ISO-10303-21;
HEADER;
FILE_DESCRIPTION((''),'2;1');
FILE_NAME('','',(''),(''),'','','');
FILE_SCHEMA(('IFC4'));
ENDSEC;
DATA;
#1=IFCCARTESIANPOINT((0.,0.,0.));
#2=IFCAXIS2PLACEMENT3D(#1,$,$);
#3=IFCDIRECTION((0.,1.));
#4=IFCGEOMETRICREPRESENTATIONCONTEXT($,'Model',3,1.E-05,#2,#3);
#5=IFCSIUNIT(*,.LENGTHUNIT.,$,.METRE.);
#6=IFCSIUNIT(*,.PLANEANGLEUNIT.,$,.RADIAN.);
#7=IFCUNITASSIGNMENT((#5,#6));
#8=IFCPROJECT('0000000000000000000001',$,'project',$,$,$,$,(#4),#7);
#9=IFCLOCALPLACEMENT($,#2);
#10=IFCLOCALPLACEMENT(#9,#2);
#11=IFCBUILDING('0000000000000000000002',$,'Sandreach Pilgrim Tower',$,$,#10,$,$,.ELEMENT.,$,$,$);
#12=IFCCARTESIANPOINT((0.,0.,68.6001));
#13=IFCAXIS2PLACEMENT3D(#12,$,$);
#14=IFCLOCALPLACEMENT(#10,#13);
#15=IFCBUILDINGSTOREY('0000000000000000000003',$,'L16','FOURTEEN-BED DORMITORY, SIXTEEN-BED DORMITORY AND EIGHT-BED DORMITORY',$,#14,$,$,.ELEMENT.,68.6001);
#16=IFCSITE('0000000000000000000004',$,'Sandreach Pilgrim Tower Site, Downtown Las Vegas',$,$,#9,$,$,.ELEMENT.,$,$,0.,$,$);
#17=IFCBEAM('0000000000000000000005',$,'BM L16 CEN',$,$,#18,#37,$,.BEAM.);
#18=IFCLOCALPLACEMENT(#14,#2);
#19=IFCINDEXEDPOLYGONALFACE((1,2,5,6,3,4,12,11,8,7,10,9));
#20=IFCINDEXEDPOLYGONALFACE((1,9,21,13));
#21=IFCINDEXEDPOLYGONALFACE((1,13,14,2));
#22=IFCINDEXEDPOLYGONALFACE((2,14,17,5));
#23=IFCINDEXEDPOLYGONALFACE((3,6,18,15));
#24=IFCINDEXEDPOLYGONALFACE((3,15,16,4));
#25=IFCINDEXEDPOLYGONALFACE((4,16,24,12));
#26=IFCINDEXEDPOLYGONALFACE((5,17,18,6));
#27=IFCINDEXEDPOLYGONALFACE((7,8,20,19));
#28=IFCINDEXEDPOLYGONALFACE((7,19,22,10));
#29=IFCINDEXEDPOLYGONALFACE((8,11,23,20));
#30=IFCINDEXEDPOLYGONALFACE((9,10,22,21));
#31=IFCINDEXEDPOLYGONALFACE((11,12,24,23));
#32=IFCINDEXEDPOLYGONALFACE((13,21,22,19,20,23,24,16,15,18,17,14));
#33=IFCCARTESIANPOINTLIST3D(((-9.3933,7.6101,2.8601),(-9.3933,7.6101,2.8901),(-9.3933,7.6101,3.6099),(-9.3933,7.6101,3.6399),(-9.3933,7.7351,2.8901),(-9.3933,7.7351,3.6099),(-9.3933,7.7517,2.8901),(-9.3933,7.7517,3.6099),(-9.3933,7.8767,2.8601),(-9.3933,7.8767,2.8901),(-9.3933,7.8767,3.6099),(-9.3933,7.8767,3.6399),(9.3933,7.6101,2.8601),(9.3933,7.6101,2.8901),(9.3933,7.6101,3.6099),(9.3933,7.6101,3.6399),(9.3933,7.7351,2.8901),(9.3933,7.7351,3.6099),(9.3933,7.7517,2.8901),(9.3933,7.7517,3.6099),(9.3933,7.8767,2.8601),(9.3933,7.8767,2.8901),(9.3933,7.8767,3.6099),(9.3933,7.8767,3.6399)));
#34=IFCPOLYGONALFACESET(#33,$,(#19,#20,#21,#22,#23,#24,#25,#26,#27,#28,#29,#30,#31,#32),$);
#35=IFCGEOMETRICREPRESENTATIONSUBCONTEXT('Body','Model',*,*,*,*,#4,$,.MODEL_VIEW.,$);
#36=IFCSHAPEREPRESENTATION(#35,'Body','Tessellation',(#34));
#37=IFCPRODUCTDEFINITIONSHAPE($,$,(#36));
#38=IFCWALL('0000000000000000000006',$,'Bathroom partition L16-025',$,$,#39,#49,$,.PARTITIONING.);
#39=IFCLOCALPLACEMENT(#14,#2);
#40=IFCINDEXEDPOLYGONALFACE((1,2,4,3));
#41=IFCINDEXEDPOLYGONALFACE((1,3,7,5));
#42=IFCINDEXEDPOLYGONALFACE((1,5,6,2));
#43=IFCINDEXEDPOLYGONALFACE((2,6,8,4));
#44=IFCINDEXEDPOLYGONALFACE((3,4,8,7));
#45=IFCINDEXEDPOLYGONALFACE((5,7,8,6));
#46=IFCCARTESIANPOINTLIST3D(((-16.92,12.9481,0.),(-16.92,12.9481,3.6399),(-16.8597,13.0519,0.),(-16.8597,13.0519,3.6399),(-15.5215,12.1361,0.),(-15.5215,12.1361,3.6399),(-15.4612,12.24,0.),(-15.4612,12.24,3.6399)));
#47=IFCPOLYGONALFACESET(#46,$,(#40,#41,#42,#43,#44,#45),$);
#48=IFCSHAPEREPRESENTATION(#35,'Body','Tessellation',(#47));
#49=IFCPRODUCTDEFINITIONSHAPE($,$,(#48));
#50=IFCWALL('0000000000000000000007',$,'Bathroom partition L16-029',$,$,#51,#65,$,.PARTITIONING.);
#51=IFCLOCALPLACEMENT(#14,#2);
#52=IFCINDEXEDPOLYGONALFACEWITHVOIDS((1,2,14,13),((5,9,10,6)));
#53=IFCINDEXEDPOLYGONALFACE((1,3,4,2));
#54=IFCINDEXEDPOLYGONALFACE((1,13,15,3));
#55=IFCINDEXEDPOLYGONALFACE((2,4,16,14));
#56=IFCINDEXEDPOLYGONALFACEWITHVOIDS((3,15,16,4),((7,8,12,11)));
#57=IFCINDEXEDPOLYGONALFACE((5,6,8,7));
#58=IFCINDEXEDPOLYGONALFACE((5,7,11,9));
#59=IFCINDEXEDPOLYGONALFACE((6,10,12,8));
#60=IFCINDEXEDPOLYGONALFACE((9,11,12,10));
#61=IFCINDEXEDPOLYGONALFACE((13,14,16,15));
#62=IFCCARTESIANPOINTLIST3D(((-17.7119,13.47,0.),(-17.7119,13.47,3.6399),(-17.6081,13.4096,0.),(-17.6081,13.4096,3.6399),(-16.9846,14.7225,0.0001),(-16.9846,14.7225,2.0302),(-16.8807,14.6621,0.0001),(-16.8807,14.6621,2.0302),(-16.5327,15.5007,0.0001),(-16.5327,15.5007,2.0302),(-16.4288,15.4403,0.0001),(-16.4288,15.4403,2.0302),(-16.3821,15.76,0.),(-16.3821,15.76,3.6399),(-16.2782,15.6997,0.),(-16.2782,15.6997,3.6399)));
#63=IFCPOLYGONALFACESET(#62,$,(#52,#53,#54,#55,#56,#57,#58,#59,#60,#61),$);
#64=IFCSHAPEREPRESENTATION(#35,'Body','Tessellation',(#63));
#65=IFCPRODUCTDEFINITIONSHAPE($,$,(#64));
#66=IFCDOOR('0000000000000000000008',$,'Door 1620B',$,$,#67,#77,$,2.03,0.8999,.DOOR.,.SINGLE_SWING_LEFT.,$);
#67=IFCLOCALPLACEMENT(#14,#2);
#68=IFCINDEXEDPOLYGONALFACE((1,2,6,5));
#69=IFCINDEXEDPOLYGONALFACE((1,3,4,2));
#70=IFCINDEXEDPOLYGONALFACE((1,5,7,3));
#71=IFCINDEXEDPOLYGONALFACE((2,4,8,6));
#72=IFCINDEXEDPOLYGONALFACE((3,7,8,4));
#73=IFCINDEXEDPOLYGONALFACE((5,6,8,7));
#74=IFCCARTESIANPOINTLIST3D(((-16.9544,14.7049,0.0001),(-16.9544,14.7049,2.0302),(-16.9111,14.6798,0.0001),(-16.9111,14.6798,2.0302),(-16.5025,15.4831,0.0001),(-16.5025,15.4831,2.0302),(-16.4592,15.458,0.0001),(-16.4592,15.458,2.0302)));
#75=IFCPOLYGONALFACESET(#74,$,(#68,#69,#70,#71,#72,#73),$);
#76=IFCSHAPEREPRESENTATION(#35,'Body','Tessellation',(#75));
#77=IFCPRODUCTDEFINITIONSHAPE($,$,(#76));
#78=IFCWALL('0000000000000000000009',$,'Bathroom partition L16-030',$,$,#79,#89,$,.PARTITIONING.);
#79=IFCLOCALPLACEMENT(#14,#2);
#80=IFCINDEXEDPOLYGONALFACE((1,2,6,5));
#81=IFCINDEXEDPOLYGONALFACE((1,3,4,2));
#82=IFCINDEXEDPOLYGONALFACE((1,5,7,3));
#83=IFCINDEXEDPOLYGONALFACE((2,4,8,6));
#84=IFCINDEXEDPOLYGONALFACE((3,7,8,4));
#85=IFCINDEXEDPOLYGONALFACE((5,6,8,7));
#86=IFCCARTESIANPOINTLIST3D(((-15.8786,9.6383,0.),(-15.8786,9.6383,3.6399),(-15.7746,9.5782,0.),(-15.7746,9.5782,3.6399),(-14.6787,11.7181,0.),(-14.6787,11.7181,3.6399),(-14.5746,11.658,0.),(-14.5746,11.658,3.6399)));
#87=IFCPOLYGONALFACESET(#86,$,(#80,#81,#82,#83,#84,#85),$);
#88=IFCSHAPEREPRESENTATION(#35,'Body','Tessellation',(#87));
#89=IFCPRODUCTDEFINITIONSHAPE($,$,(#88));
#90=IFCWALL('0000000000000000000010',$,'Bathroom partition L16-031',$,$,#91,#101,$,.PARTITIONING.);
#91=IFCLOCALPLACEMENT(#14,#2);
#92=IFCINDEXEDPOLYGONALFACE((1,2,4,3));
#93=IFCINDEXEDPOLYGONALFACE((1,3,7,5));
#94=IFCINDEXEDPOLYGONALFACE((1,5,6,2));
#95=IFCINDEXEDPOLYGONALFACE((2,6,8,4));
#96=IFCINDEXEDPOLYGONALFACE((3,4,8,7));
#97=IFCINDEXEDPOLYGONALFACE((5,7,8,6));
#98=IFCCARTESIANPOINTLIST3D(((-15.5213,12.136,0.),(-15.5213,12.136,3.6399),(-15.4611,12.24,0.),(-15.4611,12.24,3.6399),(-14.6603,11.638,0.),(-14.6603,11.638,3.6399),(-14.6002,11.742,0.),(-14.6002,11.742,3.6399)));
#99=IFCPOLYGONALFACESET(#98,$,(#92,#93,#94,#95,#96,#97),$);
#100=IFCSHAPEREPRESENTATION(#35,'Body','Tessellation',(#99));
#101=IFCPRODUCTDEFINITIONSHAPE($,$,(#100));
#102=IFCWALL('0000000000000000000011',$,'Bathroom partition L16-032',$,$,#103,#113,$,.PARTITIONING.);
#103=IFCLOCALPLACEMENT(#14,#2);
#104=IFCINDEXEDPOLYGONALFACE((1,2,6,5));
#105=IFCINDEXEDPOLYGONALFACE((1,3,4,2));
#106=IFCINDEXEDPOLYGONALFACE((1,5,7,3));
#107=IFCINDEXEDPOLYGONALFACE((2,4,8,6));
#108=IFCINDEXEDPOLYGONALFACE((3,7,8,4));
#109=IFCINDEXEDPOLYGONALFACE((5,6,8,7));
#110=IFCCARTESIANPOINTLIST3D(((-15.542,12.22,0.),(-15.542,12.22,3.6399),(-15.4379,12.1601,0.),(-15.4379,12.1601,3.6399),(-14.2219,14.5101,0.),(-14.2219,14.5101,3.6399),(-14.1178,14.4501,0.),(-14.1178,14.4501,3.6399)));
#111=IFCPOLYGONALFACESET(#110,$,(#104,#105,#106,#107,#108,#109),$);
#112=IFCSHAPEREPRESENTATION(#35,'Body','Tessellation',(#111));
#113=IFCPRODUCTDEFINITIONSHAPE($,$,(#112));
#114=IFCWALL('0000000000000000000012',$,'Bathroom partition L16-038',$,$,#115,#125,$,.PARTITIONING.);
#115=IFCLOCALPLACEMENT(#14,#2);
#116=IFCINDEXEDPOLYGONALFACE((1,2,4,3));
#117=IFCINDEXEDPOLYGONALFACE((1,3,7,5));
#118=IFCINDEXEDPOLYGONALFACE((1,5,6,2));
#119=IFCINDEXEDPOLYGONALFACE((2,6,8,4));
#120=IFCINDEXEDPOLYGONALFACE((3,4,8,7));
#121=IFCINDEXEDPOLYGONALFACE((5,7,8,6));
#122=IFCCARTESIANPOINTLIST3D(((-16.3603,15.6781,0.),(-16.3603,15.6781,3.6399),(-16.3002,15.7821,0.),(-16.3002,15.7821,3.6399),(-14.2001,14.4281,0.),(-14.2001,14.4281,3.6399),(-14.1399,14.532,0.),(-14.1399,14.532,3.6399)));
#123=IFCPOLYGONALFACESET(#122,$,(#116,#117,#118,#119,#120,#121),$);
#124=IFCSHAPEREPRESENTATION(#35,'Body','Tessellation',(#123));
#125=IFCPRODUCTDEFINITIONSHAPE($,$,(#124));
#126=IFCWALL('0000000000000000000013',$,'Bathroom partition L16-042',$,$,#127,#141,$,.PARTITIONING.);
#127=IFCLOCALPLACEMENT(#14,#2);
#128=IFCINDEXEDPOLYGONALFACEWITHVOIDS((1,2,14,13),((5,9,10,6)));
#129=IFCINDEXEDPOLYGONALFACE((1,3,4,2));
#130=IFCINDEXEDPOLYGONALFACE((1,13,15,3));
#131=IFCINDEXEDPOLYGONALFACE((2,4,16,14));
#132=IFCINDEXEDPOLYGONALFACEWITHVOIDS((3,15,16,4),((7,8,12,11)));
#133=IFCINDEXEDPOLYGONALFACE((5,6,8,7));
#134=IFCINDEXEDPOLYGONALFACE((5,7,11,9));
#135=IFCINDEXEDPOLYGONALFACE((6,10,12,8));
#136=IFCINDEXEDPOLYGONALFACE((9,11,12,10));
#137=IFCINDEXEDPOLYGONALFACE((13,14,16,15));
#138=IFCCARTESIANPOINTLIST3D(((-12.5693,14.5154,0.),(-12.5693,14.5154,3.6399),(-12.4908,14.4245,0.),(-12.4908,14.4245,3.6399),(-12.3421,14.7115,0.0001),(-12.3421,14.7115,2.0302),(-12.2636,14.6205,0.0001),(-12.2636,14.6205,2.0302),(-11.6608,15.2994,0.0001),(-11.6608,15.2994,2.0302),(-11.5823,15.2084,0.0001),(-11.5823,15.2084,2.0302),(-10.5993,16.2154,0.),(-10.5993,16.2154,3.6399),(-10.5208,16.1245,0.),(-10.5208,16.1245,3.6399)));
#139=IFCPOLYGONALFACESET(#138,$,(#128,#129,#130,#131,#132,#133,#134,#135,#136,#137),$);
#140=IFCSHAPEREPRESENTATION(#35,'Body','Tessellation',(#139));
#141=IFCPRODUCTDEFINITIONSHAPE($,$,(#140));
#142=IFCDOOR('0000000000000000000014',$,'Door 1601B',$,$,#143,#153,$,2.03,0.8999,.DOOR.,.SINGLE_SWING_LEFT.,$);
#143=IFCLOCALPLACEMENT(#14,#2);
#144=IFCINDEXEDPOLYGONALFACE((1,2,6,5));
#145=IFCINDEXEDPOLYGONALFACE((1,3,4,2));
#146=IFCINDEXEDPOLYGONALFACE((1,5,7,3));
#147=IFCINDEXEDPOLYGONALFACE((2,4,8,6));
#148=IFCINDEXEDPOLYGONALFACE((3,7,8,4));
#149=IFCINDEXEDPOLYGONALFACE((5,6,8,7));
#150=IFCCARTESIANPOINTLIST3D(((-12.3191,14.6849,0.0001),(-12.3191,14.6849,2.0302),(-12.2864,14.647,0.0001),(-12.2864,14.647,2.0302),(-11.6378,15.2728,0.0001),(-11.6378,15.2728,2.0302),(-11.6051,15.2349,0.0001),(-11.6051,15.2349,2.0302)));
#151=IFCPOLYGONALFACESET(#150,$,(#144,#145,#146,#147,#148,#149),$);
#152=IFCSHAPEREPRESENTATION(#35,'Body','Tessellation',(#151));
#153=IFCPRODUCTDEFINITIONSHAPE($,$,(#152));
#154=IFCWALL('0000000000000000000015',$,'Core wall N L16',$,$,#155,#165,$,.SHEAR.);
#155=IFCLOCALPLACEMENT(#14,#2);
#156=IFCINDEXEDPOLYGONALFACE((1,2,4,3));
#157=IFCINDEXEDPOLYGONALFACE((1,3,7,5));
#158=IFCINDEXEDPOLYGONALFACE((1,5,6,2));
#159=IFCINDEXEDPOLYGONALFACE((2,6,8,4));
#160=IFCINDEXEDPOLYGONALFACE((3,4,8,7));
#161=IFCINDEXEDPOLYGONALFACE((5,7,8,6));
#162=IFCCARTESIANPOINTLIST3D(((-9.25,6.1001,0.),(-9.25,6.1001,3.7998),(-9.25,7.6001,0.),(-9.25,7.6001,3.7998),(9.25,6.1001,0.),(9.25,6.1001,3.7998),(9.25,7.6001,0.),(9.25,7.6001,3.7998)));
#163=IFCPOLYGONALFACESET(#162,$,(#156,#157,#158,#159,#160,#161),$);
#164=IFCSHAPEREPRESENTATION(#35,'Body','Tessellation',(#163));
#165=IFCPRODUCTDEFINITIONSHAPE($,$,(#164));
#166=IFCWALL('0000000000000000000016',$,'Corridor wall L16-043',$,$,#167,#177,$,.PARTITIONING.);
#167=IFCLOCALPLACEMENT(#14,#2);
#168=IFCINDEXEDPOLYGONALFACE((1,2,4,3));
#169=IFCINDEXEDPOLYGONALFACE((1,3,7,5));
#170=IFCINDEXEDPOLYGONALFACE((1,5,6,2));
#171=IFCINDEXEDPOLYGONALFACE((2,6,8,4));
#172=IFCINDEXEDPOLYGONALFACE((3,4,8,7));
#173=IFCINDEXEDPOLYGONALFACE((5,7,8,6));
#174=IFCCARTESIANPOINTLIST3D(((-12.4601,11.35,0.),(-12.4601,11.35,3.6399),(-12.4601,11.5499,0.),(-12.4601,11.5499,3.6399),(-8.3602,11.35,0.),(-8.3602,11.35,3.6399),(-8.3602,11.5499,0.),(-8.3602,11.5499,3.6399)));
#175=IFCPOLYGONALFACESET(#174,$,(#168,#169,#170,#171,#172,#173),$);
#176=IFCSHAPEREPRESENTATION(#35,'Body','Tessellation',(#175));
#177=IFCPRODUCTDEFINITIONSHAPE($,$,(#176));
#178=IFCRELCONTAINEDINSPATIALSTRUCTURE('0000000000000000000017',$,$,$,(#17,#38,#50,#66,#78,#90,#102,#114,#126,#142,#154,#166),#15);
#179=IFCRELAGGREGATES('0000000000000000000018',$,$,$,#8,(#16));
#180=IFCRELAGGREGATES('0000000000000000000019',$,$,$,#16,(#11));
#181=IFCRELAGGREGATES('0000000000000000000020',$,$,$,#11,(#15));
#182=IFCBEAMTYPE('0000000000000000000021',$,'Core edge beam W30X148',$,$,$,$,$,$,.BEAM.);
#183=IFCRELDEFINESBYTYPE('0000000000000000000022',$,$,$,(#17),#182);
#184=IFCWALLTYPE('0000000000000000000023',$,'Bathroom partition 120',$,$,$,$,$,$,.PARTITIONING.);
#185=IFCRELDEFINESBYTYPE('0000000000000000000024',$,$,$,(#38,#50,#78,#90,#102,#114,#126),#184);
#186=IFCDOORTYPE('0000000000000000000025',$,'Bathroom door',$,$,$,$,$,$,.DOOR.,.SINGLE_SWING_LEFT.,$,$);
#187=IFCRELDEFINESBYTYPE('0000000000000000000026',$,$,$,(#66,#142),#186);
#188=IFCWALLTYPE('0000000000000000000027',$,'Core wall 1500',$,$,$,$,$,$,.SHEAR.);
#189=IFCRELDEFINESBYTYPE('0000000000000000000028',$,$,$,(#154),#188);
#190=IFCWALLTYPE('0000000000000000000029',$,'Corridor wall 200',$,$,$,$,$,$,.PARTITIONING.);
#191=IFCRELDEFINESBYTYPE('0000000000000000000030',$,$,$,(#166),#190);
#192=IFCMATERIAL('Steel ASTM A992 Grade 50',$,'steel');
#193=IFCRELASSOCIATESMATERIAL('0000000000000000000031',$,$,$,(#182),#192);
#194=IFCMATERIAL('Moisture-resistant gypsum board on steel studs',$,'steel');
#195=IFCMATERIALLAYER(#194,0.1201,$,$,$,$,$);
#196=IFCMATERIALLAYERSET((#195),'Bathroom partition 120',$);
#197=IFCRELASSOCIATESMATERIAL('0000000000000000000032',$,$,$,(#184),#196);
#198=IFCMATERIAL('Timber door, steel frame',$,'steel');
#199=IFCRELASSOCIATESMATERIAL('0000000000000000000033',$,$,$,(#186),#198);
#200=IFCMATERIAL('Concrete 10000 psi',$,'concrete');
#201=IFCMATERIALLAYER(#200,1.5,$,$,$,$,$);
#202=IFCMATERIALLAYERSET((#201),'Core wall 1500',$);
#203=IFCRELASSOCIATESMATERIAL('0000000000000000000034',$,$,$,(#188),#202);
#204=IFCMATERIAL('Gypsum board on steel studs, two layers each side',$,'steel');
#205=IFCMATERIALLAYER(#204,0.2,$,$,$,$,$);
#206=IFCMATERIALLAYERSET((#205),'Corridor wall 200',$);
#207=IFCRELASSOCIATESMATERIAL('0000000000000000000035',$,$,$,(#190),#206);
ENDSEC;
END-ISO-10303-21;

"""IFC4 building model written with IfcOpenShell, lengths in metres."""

from ifc_helpers import new_model, si_unit, direction, frame, frame_2d, origin, origin_2d, place, context, subcontext, project, spatial, rectangle, i_section, extrude, material, layer, layer_set, material_profile, profile_set, type_object, element, fill, save


model = new_model("IFC4")

# Units and contexts
model_context = context("Model", 3, precision=1e-05, world=origin(), true_north=direction((0.0, 1.0)))
body_context = subcontext(model_context, "Body", "Model", "MODEL_VIEW")
ifc_project = project(units=[si_unit("LENGTHUNIT", "METRE"), si_unit("PLANEANGLEUNIT", "RADIAN")], contexts=[model_context])

# Site, building, storey
site_placement = place(None, origin())
site = spatial("IfcSite", under=ifc_project, at=site_placement, Name="Sandreach Pilgrim Tower Site, Downtown Las Vegas", CompositionType="ELEMENT", RefElevation=0.0)
building_placement = place(site_placement, origin())
building = spatial("IfcBuilding", under=site, at=building_placement, Name="Sandreach Pilgrim Tower", CompositionType="ELEMENT")
storey_placement = place(building_placement, frame((0.0, 0.0, 68.6001)))
storey = spatial("IfcBuildingStorey", under=building, at=storey_placement, Name="L16", Description="FOURTEEN-BED DORMITORY, SIXTEEN-BED DORMITORY AND EIGHT-BED DORMITORY", CompositionType="ELEMENT", Elevation=68.6001)

# Beam
ifc_material_1 = material(Name="Steel ASTM A992 Grade 50", Category="steel")
ifc_material_profile = material_profile(ifc_material_1, i_section(OverallWidth=0.2666, OverallDepth=0.7798, WebThickness=0.0166, FlangeThickness=0.03, at=origin_2d()), Name="W30X148")
ifc_profile_set = profile_set([ifc_material_profile], Name="Steel ASTM A992 Grade 50")
beam_type = type_object("IfcBeamType", Name="Core edge beam W30X148", PredefinedType="BEAM", material=ifc_profile_set)
beam_placement = place(storey_placement, frame((-9.3933, 7.7434, 3.25), z_axis=(1.0, 0.0, 0.0), x_axis=(0.0, 1.0, 0.0)))
element("IfcBeam", 1, at=beam_placement, inside=storey, type_object=beam_type, Name="BM L16 CEN", PredefinedType="BEAM", context=body_context, shape_type="SweptSolid", body=[
    extrude(i_section(OverallWidth=0.2666, OverallDepth=0.7798, WebThickness=0.0166, FlangeThickness=0.03, at=origin_2d()), origin(), (0.0, 0.0, 1.0), 18.7866),
])

# Wall
ifc_material_2 = material(Name="Moisture-resistant gypsum board on steel studs", Category="steel")
ifc_layer_1 = layer(ifc_material_2, 0.1201)
ifc_layer_set_1 = layer_set([ifc_layer_1], Name="Bathroom partition 120")
wall_type_1 = type_object("IfcWallType", Name="Bathroom partition 120", PredefinedType="PARTITIONING", material=ifc_layer_set_1)
wall_1_placement = place(storey_placement, frame((-16.8899, 13.0, 0.0), z_axis=(0.0, 0.0, 1.0), x_axis=(0.864823, -0.502077, 0.0)))
element("IfcWall", 2, at=wall_1_placement, inside=storey, type_object=wall_type_1, Name="Bathroom partition L16-025", PredefinedType="PARTITIONING", context=body_context, shape_type="SweptSolid", body=[
    extrude(rectangle(XDim=1.6172, YDim=0.1201, at=frame_2d((0.8086, 0.0))), origin(), (0.0, 0.0, 1.0), 3.6399),
])

# Wall, opening, door
wall_2_placement = place(storey_placement, frame((-16.3301, 15.73, 0.0), z_axis=(0.0, 0.0, 1.0), x_axis=(-0.502173, -0.864767, 0.0)))
wall_2 = element("IfcWall", 3, at=wall_2_placement, inside=storey, type_object=wall_type_1, Name="Bathroom partition L16-029", PredefinedType="PARTITIONING", context=body_context, shape_type="SweptSolid", body=[
    extrude(rectangle(XDim=2.6482, YDim=0.1201, at=frame_2d((1.3242, 0.0))), origin(), (0.0, 0.0, 1.0), 3.6399),
])
opening_1_placement = place(wall_2_placement, frame((0.3, 0.0, 0.0)))
opening_1 = element("IfcOpeningElement", 4, at=opening_1_placement, cuts=wall_2, PredefinedType="OPENING", context=body_context, shape_type="SweptSolid", body=[
    extrude(rectangle(XDim=0.8999, YDim=2.03, at=frame_2d((0.45, 1.0151))), frame((0.0, 0.0601, 0.0), z_axis=(0.0, -1.0, 0.0), x_axis=(1.0, 0.0, 0.0)), (0.0, 0.0, 1.0), 0.1201),
])
ifc_material_3 = material(Name="Timber door, steel frame", Category="steel")
door_type_1 = type_object("IfcDoorType", Name="Bathroom door", OperationType="SINGLE_SWING_LEFT", PredefinedType="DOOR", material=ifc_material_3)
door_1_placement = place(opening_1_placement, origin())
door_1 = element("IfcDoor", 5, at=door_1_placement, inside=storey, type_object=door_type_1, Name="Door 1620B", OperationType="SINGLE_SWING_LEFT", OverallHeight=2.03, OverallWidth=0.8999, PredefinedType="DOOR", context=body_context, shape_type="SweptSolid", body=[
    extrude(rectangle(XDim=0.8999, YDim=2.03, at=frame_2d((0.45, 1.0151))), frame((0.0, 0.0249, 0.0), z_axis=(0.0, -1.0, 0.0), x_axis=(1.0, 0.0, 0.0)), (0.0, 0.0, 1.0), 0.05),
])
fill(opening_1, door_1)

# Walls
wall_3_placement = place(storey_placement, frame((-15.8267, 9.6082, 0.0), z_axis=(0.0, 0.0, 1.0), x_axis=(0.499737, 0.866177, 0.0)))
element("IfcWall", 6, at=wall_3_placement, inside=storey, type_object=wall_type_1, Name="Bathroom partition L16-030", PredefinedType="PARTITIONING", context=body_context, shape_type="SweptSolid", body=[
    extrude(rectangle(XDim=2.4011, YDim=0.1201, at=frame_2d((1.2007, 0.0))), origin(), (0.0, 0.0, 1.0), 3.6399),
])
wall_4_placement = place(storey_placement, frame((-15.4912, 12.188, 0.0), z_axis=(0.0, 0.0, 1.0), x_axis=(0.865633, -0.500678, 0.0)))
element("IfcWall", 7, at=wall_4_placement, inside=storey, type_object=wall_type_1, Name="Bathroom partition L16-031", PredefinedType="PARTITIONING", context=body_context, shape_type="SweptSolid", body=[
    extrude(rectangle(XDim=0.9946, YDim=0.1201, at=frame_2d((0.4973, 0.0))), origin(), (0.0, 0.0, 1.0), 3.6399),
])
wall_5_placement = place(storey_placement, frame((-15.49, 12.1899, 0.0), z_axis=(0.0, 0.0, 1.0), x_axis=(0.499408, 0.866367, 0.0)))
element("IfcWall", 8, at=wall_5_placement, inside=storey, type_object=wall_type_1, Name="Bathroom partition L16-032", PredefinedType="PARTITIONING", context=body_context, shape_type="SweptSolid", body=[
    extrude(rectangle(XDim=2.6433, YDim=0.1201, at=frame_2d((1.3218, 0.0))), origin(), (0.0, 0.0, 1.0), 3.6399),
])
wall_6_placement = place(storey_placement, frame((-14.1699, 14.48, 0.0), z_axis=(0.0, 0.0, 1.0), x_axis=(-0.865533, 0.500851, 0.0)))
element("IfcWall", 9, at=wall_6_placement, inside=storey, type_object=wall_type_1, Name="Bathroom partition L16-038", PredefinedType="PARTITIONING", context=body_context, shape_type="SweptSolid", body=[
    extrude(rectangle(XDim=2.4958, YDim=0.1201, at=frame_2d((1.248, 0.0))), origin(), (0.0, 0.0, 1.0), 3.6399),
])

# Wall, opening, door
wall_7_placement = place(storey_placement, frame((-12.53, 14.47, 0.0), z_axis=(0.0, 0.0, 1.0), x_axis=(0.757087, 0.653314, 0.0)))
wall_7 = element("IfcWall", 10, at=wall_7_placement, inside=storey, type_object=wall_type_1, Name="Bathroom partition L16-042", PredefinedType="PARTITIONING", context=body_context, shape_type="SweptSolid", body=[
    extrude(rectangle(XDim=2.6021, YDim=0.1201, at=frame_2d((1.301, 0.0))), origin(), (0.0, 0.0, 1.0), 3.6399),
])
opening_2_placement = place(wall_7_placement, frame((0.3, 0.0, 0.0)))
opening_2 = element("IfcOpeningElement", 11, at=opening_2_placement, cuts=wall_7, PredefinedType="OPENING", context=body_context, shape_type="SweptSolid", body=[
    extrude(rectangle(XDim=0.8999, YDim=2.03, at=frame_2d((0.45, 1.0151))), frame((0.0, 0.0601, 0.0), z_axis=(0.0, -1.0, 0.0), x_axis=(1.0, 0.0, 0.0)), (0.0, 0.0, 1.0), 0.1201),
])
door_2_placement = place(opening_2_placement, origin())
door_2 = element("IfcDoor", 12, at=door_2_placement, inside=storey, type_object=door_type_1, Name="Door 1601B", OperationType="SINGLE_SWING_LEFT", OverallHeight=2.03, OverallWidth=0.8999, PredefinedType="DOOR", context=body_context, shape_type="SweptSolid", body=[
    extrude(rectangle(XDim=0.8999, YDim=2.03, at=frame_2d((0.45, 1.0151))), frame((0.0, 0.0249, 0.0), z_axis=(0.0, -1.0, 0.0), x_axis=(1.0, 0.0, 0.0)), (0.0, 0.0, 1.0), 0.05),
])
fill(opening_2, door_2)

# Wall
ifc_material_4 = material(Name="Concrete 10000 psi", Category="concrete")
ifc_layer_2 = layer(ifc_material_4, 1.5)
ifc_layer_set_2 = layer_set([ifc_layer_2], Name="Core wall 1500")
wall_type_2 = type_object("IfcWallType", Name="Core wall 1500", PredefinedType="SHEAR", material=ifc_layer_set_2)
wall_8_placement = place(storey_placement, frame((-9.25, 6.8501, 0.0), z_axis=(0.0, 0.0, 1.0), x_axis=(1.0, 0.0, 0.0)))
element("IfcWall", 13, at=wall_8_placement, inside=storey, type_object=wall_type_2, Name="Core wall N L16", PredefinedType="SHEAR", context=body_context, shape_type="SweptSolid", body=[
    extrude(rectangle(XDim=18.5, YDim=1.5, at=frame_2d((9.25, 0.0))), origin(), (0.0, 0.0, 1.0), 3.7998),
])

# Shared definitions
ifc_material_5 = material(Name="Gypsum board on steel studs, two layers each side", Category="steel")
ifc_layer_3 = layer(ifc_material_5, 0.2)
ifc_layer_set_3 = layer_set([ifc_layer_3], Name="Corridor wall 200")
wall_type_3 = type_object("IfcWallType", Name="Corridor wall 200", PredefinedType="PARTITIONING", material=ifc_layer_set_3)

# Wall
wall_9_placement = place(storey_placement, frame((-12.46, 11.45, 0.0), z_axis=(0.0, 0.0, 1.0), x_axis=(1.0, 0.0, 0.0)))
element("IfcWall", 14, at=wall_9_placement, inside=storey, type_object=wall_type_3, Name="Corridor wall L16-043", PredefinedType="PARTITIONING", context=body_context, shape_type="SweptSolid", body=[
    extrude(rectangle(XDim=4.0999, YDim=0.2, at=frame_2d((2.0498, 0.0))), origin(), (0.0, 0.0, 1.0), 3.6399),
])

save(model, "model.ifc")
